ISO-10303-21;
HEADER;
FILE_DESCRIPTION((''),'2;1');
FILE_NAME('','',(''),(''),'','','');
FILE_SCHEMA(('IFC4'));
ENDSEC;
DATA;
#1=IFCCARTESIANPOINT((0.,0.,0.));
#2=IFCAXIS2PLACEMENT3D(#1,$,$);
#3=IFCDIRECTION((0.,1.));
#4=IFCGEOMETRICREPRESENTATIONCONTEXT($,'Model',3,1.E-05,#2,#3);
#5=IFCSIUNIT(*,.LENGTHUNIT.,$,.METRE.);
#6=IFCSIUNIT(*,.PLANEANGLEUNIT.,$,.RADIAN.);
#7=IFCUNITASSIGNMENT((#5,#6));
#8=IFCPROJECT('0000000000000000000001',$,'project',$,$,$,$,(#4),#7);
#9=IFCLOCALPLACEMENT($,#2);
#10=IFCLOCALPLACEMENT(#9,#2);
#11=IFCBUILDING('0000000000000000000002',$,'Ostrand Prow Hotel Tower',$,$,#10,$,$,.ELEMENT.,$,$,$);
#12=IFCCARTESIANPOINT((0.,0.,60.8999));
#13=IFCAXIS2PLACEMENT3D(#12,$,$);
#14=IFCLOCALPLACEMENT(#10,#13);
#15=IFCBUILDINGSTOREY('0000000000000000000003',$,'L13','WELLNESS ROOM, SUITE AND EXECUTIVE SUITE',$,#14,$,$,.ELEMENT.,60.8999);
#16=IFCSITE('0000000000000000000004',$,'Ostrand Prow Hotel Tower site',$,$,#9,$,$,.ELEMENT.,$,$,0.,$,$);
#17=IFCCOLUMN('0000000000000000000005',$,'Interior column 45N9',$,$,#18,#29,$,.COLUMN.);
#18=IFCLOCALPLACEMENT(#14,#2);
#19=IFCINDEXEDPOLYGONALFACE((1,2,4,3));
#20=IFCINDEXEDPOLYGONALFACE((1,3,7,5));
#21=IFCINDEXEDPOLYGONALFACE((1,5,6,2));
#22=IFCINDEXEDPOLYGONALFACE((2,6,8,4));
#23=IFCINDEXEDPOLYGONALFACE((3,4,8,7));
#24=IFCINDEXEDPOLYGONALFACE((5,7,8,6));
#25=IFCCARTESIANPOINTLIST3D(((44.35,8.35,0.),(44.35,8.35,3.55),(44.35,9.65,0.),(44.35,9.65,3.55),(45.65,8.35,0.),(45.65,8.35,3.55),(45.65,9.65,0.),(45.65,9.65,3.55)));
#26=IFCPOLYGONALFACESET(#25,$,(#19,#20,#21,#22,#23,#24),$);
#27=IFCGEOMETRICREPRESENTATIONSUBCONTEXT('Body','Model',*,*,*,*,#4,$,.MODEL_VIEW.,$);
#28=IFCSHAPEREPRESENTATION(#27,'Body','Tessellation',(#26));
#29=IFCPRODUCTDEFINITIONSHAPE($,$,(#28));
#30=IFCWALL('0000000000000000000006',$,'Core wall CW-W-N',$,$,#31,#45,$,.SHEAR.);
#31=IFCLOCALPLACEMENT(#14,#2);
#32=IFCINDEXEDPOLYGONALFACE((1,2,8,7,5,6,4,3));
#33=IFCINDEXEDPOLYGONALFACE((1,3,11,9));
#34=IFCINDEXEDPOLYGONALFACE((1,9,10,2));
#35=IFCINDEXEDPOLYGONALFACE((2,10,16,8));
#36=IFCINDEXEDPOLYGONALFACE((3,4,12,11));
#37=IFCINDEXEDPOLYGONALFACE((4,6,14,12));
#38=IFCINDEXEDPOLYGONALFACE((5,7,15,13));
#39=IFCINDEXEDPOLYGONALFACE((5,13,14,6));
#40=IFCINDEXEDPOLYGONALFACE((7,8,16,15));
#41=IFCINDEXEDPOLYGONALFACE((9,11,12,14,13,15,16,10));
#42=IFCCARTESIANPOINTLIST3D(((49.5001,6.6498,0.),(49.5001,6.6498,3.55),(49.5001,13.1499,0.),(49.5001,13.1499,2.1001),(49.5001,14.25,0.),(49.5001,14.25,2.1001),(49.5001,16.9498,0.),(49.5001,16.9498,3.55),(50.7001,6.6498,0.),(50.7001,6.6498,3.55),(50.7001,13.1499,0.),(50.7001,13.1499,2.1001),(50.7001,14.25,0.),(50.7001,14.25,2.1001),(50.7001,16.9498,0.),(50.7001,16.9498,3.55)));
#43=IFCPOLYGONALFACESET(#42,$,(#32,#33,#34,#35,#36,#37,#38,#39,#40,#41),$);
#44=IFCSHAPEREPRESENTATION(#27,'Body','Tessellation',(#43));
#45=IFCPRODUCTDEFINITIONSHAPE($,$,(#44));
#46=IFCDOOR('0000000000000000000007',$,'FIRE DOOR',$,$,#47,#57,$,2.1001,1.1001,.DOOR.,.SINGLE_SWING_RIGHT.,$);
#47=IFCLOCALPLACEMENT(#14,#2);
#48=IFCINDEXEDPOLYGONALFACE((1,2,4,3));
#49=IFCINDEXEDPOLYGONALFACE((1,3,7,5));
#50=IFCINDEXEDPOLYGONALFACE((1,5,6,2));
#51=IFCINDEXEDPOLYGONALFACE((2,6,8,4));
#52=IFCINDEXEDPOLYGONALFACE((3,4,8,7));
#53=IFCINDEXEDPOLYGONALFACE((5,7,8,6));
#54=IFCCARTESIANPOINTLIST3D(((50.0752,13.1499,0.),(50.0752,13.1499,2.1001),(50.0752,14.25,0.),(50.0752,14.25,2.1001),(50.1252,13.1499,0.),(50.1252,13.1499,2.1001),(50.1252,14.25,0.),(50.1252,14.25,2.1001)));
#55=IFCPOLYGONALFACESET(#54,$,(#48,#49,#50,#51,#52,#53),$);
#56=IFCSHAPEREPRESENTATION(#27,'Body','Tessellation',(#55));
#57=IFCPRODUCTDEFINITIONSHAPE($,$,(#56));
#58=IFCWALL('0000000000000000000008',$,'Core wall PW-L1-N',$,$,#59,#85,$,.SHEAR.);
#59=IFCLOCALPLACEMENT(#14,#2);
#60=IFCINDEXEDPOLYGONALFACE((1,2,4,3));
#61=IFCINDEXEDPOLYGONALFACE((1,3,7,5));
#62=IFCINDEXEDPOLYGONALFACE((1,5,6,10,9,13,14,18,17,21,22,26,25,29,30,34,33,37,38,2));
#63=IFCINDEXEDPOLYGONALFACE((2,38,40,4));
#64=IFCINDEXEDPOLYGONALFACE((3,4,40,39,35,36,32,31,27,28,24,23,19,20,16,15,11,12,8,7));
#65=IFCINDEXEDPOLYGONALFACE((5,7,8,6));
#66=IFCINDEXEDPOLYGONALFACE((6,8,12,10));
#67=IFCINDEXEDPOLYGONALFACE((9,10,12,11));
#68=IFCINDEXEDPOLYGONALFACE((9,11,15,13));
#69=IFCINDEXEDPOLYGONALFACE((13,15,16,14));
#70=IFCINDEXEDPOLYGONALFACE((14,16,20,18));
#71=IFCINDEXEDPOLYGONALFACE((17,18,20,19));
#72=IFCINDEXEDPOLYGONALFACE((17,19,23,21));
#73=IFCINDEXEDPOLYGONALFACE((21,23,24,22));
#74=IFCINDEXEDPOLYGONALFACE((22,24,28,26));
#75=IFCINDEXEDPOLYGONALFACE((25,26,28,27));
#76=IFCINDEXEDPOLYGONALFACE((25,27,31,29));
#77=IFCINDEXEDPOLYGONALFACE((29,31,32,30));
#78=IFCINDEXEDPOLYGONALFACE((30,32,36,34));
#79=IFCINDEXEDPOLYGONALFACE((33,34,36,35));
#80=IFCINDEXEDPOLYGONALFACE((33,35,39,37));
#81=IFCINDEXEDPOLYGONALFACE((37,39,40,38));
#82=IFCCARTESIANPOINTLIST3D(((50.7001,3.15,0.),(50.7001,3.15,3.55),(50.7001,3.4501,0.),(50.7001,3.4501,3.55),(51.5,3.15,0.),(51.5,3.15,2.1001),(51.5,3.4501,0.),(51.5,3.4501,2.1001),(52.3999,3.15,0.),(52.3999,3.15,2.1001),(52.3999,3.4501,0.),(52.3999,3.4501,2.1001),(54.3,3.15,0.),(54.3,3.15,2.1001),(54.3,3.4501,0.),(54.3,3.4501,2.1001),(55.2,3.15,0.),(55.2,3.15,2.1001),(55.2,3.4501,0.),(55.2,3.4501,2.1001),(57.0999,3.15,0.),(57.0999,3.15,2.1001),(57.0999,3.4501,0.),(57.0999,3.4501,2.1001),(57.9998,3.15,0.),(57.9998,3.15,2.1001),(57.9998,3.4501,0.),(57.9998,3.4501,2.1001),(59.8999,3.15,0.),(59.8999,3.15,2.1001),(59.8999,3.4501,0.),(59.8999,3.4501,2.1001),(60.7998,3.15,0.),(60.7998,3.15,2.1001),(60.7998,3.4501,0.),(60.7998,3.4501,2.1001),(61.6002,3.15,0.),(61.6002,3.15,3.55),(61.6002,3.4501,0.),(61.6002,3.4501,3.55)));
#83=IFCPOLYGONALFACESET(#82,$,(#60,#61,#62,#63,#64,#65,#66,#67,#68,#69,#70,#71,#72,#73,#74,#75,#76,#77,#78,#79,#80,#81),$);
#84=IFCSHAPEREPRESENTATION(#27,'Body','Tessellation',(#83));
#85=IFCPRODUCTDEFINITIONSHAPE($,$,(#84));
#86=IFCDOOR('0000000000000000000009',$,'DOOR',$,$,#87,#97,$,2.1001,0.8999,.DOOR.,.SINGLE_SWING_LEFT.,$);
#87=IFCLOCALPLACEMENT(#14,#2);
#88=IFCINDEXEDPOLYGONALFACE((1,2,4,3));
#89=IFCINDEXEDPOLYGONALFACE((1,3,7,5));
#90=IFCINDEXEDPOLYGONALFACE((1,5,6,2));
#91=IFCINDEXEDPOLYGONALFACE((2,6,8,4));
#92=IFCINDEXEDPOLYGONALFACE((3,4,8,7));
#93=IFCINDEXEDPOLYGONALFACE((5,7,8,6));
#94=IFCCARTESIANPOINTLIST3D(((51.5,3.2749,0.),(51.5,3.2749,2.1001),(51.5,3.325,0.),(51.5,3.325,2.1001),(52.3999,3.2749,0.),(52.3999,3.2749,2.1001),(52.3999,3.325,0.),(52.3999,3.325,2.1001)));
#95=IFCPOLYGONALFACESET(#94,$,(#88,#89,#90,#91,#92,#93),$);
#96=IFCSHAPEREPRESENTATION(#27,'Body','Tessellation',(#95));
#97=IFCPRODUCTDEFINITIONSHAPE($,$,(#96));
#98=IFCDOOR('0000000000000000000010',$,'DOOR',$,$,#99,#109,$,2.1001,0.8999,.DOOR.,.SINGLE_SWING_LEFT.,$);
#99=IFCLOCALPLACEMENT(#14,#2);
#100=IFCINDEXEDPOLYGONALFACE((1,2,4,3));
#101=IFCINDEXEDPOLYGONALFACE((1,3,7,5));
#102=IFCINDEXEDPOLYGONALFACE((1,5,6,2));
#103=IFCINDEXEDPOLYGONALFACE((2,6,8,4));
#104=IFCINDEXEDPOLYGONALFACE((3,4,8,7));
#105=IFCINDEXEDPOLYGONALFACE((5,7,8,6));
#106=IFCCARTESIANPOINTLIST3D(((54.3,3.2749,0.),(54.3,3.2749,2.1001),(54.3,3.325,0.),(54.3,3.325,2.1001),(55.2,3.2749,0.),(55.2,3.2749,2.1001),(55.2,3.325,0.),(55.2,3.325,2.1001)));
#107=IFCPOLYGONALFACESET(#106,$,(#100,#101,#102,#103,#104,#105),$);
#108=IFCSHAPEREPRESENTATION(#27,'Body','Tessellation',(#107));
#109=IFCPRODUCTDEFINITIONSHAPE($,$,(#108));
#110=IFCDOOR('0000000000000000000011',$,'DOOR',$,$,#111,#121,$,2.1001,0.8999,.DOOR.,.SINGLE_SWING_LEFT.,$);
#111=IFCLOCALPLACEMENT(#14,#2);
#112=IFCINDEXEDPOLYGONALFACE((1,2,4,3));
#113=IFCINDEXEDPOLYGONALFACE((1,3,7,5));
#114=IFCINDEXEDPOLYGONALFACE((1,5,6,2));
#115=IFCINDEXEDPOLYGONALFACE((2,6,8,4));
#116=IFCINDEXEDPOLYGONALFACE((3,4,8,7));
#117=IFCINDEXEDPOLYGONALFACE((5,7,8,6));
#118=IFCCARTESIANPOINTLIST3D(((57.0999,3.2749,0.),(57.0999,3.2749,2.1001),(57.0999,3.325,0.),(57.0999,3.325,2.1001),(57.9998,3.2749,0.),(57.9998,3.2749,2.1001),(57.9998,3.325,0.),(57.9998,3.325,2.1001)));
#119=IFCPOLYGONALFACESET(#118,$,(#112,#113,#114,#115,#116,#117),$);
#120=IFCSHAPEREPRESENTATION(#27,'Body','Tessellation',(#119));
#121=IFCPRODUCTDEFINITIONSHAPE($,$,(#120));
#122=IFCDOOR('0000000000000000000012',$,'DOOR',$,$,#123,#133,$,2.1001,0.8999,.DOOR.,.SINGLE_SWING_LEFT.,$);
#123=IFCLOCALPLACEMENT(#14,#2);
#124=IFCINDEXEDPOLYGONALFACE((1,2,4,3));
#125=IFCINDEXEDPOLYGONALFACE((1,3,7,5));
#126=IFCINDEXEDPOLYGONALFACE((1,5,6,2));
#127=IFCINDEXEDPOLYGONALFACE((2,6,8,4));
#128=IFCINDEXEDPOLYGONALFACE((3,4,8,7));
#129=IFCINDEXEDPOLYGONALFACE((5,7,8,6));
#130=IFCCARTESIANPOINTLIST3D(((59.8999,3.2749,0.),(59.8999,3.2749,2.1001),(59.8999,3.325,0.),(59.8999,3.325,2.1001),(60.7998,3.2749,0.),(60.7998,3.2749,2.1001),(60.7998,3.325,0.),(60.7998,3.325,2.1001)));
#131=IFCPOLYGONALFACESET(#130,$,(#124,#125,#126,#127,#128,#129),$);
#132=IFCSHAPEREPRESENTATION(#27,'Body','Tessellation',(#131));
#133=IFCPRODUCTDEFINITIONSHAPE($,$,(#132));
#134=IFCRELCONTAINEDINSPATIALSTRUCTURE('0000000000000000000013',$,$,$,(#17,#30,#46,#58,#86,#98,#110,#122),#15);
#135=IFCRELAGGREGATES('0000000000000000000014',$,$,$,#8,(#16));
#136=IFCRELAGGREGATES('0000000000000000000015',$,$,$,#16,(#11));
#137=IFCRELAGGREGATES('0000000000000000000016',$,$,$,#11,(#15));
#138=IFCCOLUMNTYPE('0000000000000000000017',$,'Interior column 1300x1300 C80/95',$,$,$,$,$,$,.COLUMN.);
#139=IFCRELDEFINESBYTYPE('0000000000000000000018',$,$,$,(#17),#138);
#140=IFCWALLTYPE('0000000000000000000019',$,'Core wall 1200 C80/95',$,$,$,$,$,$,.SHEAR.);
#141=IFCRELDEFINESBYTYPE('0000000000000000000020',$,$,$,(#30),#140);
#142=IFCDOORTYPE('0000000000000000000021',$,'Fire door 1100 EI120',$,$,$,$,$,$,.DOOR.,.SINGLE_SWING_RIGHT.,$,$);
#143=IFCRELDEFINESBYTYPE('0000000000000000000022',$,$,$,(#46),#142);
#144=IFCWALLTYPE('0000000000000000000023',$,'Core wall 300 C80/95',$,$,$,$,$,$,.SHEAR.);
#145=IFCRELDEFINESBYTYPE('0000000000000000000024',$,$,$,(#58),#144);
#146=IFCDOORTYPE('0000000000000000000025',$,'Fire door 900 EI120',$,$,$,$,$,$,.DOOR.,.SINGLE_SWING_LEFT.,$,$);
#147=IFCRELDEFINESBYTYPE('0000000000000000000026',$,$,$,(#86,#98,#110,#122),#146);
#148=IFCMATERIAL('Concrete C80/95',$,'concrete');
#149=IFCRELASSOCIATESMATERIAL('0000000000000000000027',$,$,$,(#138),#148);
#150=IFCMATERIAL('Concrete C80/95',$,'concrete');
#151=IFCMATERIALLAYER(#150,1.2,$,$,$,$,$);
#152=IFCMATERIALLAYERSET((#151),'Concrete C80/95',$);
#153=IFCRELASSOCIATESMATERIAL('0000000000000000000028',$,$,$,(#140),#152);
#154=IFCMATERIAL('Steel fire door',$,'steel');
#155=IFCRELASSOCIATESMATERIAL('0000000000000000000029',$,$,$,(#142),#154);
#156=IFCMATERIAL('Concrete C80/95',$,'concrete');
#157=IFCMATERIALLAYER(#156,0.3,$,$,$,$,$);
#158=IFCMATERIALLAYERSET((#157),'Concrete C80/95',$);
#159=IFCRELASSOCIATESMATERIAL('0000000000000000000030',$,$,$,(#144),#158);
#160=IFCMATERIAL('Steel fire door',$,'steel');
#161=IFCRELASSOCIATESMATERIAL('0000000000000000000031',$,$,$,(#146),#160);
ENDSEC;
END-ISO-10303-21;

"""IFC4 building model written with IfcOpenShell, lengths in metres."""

from ifc_helpers import new_model, si_unit, direction, frame, frame_2d, origin, origin_2d, place, context, subcontext, project, spatial, rectangle, extrude, material, layer, layer_set, material_profile, profile_set, type_object, element, fill, save


model = new_model("IFC4")

# Units and contexts
model_context = context("Model", 3, precision=1e-05, world=origin(), true_north=direction((0.0, 1.0)))
body_context = subcontext(model_context, "Body", "Model", "MODEL_VIEW")
ifc_project = project(units=[si_unit("LENGTHUNIT", "METRE"), si_unit("PLANEANGLEUNIT", "RADIAN")], contexts=[model_context])

# Site, building, storey
site_placement = place(None, origin())
site = spatial("IfcSite", under=ifc_project, at=site_placement, Name="Ostrand Prow Hotel Tower site", CompositionType="ELEMENT", RefElevation=0.0)
building_placement = place(site_placement, origin())
building = spatial("IfcBuilding", under=site, at=building_placement, Name="Ostrand Prow Hotel Tower", CompositionType="ELEMENT")
storey_placement = place(building_placement, frame((0.0, 0.0, 60.8999)))
storey = spatial("IfcBuildingStorey", under=building, at=storey_placement, Name="L13", Description="WELLNESS ROOM, SUITE AND EXECUTIVE SUITE", CompositionType="ELEMENT", Elevation=60.8999)

# Column
ifc_material_1 = material(Name="Concrete C80/95", Category="concrete")
ifc_material_profile = material_profile(ifc_material_1, rectangle(XDim=1.3, YDim=1.3, at=origin_2d()), Name="RC 1300x1300")
ifc_profile_set = profile_set([ifc_material_profile], Name="Concrete C80/95")
column_type = type_object("IfcColumnType", Name="Interior column 1300x1300 C80/95", PredefinedType="COLUMN", material=ifc_profile_set)
column_placement = place(storey_placement, frame((45.0, 9.0, 0.0), z_axis=(0.0, 0.0, 1.0), x_axis=(1.0, 0.0, 0.0)))
element("IfcColumn", 1, at=column_placement, inside=storey, type_object=column_type, Name="Interior column 45N9", PredefinedType="COLUMN", context=body_context, shape_type="SweptSolid", body=[
    extrude(rectangle(XDim=1.3, YDim=1.3, at=origin_2d()), origin(), (0.0, 0.0, 1.0), 3.55),
])

# Wall, opening, door
ifc_material_2 = material(Name="Concrete C80/95", Category="concrete")
ifc_layer_1 = layer(ifc_material_2, 1.2)
ifc_layer_set_1 = layer_set([ifc_layer_1], Name="Concrete C80/95")
wall_type_1 = type_object("IfcWallType", Name="Core wall 1200 C80/95", PredefinedType="SHEAR", material=ifc_layer_set_1)
wall_1_placement = place(storey_placement, frame((50.1001, 6.6499, 0.0), z_axis=(0.0, 0.0, 1.0), x_axis=(0.0, 1.0, 0.0)))
wall_1 = element("IfcWall", 2, at=wall_1_placement, inside=storey, type_object=wall_type_1, Name="Core wall CW-W-N", PredefinedType="SHEAR", context=body_context, shape_type="SweptSolid", body=[
    extrude(rectangle(XDim=10.3, YDim=1.2, at=frame_2d((5.1499, 0.0))), origin(), (0.0, 0.0, 1.0), 3.55),
])
opening_1_placement = place(wall_1_placement, frame((6.5, 0.0, 0.0)))
opening_1 = element("IfcOpeningElement", 3, at=opening_1_placement, cuts=wall_1, PredefinedType="OPENING", context=body_context, shape_type="SweptSolid", body=[
    extrude(rectangle(XDim=1.1001, YDim=2.1001, at=frame_2d((0.55, 1.05))), frame((0.0, 0.6099, 0.0), z_axis=(0.0, -1.0, 0.0), x_axis=(1.0, 0.0, 0.0)), (0.0, 0.0, 1.0), 1.22),
])
ifc_material_3 = material(Name="Steel fire door", Category="steel")
door_type_1 = type_object("IfcDoorType", Name="Fire door 1100 EI120", OperationType="SINGLE_SWING_RIGHT", PredefinedType="DOOR", material=ifc_material_3)
door_1_placement = place(opening_1_placement, origin())
door_1 = element("IfcDoor", 4, at=door_1_placement, inside=storey, type_object=door_type_1, Name="FIRE DOOR", OperationType="SINGLE_SWING_RIGHT", OverallHeight=2.1001, OverallWidth=1.1001, PredefinedType="DOOR", context=body_context, shape_type="SweptSolid", body=[
    extrude(rectangle(XDim=1.1001, YDim=2.1001, at=frame_2d((0.55, 1.05))), frame((0.0, 0.0249, 0.0), z_axis=(0.0, -1.0, 0.0), x_axis=(1.0, 0.0, 0.0)), (0.0, 0.0, 1.0), 0.05),
])
fill(opening_1, door_1)

# Wall, openings, doors
ifc_material_4 = material(Name="Concrete C80/95", Category="concrete")
ifc_layer_2 = layer(ifc_material_4, 0.3)
ifc_layer_set_2 = layer_set([ifc_layer_2], Name="Concrete C80/95")
wall_type_2 = type_object("IfcWallType", Name="Core wall 300 C80/95", PredefinedType="SHEAR", material=ifc_layer_set_2)
wall_2_placement = place(storey_placement, frame((50.7, 3.3, 0.0), z_axis=(0.0, 0.0, 1.0), x_axis=(1.0, 0.0, 0.0)))
wall_2 = element("IfcWall", 5, at=wall_2_placement, inside=storey, type_object=wall_type_2, Name="Core wall PW-L1-N", PredefinedType="SHEAR", context=body_context, shape_type="SweptSolid", body=[
    extrude(rectangle(XDim=10.9001, YDim=0.3, at=frame_2d((5.4502, 0.0))), origin(), (0.0, 0.0, 1.0), 3.55),
])
opening_2_placement = place(wall_2_placement, frame((0.8, 0.0, 0.0)))
opening_2 = element("IfcOpeningElement", 6, at=opening_2_placement, cuts=wall_2, PredefinedType="OPENING", context=body_context, shape_type="SweptSolid", body=[
    extrude(rectangle(XDim=0.8999, YDim=2.1001, at=frame_2d((0.45, 1.05))), frame((0.0, 0.1599, 0.0), z_axis=(0.0, -1.0, 0.0), x_axis=(1.0, 0.0, 0.0)), (0.0, 0.0, 1.0), 0.3201),
])
opening_3_placement = place(wall_2_placement, frame((3.6001, 0.0, 0.0)))
opening_3 = element("IfcOpeningElement", 7, at=opening_3_placement, cuts=wall_2, PredefinedType="OPENING", context=body_context, shape_type="SweptSolid", body=[
    extrude(rectangle(XDim=0.8999, YDim=2.1001, at=frame_2d((0.45, 1.05))), frame((0.0, 0.1599, 0.0), z_axis=(0.0, -1.0, 0.0), x_axis=(1.0, 0.0, 0.0)), (0.0, 0.0, 1.0), 0.3201),
])
opening_4_placement = place(wall_2_placement, frame((6.3999, 0.0, 0.0)))
opening_4 = element("IfcOpeningElement", 8, at=opening_4_placement, cuts=wall_2, PredefinedType="OPENING", context=body_context, shape_type="SweptSolid", body=[
    extrude(rectangle(XDim=0.8999, YDim=2.1001, at=frame_2d((0.45, 1.05))), frame((0.0, 0.1599, 0.0), z_axis=(0.0, -1.0, 0.0), x_axis=(1.0, 0.0, 0.0)), (0.0, 0.0, 1.0), 0.3201),
])
opening_5_placement = place(wall_2_placement, frame((9.2, 0.0, 0.0)))
opening_5 = element("IfcOpeningElement", 9, at=opening_5_placement, cuts=wall_2, PredefinedType="OPENING", context=body_context, shape_type="SweptSolid", body=[
    extrude(rectangle(XDim=0.8999, YDim=2.1001, at=frame_2d((0.45, 1.05))), frame((0.0, 0.1599, 0.0), z_axis=(0.0, -1.0, 0.0), x_axis=(1.0, 0.0, 0.0)), (0.0, 0.0, 1.0), 0.3201),
])
ifc_material_5 = material(Name="Steel fire door", Category="steel")
door_type_2 = type_object("IfcDoorType", Name="Fire door 900 EI120", OperationType="SINGLE_SWING_LEFT", PredefinedType="DOOR", material=ifc_material_5)
door_2_placement = place(opening_2_placement, origin())
door_2 = element("IfcDoor", 10, at=door_2_placement, inside=storey, type_object=door_type_2, Name="DOOR", OperationType="SINGLE_SWING_LEFT", OverallHeight=2.1001, OverallWidth=0.8999, PredefinedType="DOOR", context=body_context, shape_type="SweptSolid", body=[
    extrude(rectangle(XDim=0.8999, YDim=2.1001, at=frame_2d((0.45, 1.05))), frame((0.0, 0.0249, 0.0), z_axis=(0.0, -1.0, 0.0), x_axis=(1.0, 0.0, 0.0)), (0.0, 0.0, 1.0), 0.05),
])
fill(opening_2, door_2)
door_3_placement = place(opening_3_placement, origin())
door_3 = element("IfcDoor", 11, at=door_3_placement, inside=storey, type_object=door_type_2, Name="DOOR", OperationType="SINGLE_SWING_LEFT", OverallHeight=2.1001, OverallWidth=0.8999, PredefinedType="DOOR", context=body_context, shape_type="SweptSolid", body=[
    extrude(rectangle(XDim=0.8999, YDim=2.1001, at=frame_2d((0.45, 1.05))), frame((0.0, 0.0249, 0.0), z_axis=(0.0, -1.0, 0.0), x_axis=(1.0, 0.0, 0.0)), (0.0, 0.0, 1.0), 0.05),
])
fill(opening_3, door_3)
door_4_placement = place(opening_4_placement, origin())
door_4 = element("IfcDoor", 12, at=door_4_placement, inside=storey, type_object=door_type_2, Name="DOOR", OperationType="SINGLE_SWING_LEFT", OverallHeight=2.1001, OverallWidth=0.8999, PredefinedType="DOOR", context=body_context, shape_type="SweptSolid", body=[
    extrude(rectangle(XDim=0.8999, YDim=2.1001, at=frame_2d((0.45, 1.05))), frame((0.0, 0.0249, 0.0), z_axis=(0.0, -1.0, 0.0), x_axis=(1.0, 0.0, 0.0)), (0.0, 0.0, 1.0), 0.05),
])
fill(opening_4, door_4)
door_5_placement = place(opening_5_placement, origin())
door_5 = element("IfcDoor", 13, at=door_5_placement, inside=storey, type_object=door_type_2, Name="DOOR", OperationType="SINGLE_SWING_LEFT", OverallHeight=2.1001, OverallWidth=0.8999, PredefinedType="DOOR", context=body_context, shape_type="SweptSolid", body=[
    extrude(rectangle(XDim=0.8999, YDim=2.1001, at=frame_2d((0.45, 1.05))), frame((0.0, 0.0249, 0.0), z_axis=(0.0, -1.0, 0.0), x_axis=(1.0, 0.0, 0.0)), (0.0, 0.0, 1.0), 0.05),
])
fill(opening_5, door_5)

save(model, "model.ifc")
